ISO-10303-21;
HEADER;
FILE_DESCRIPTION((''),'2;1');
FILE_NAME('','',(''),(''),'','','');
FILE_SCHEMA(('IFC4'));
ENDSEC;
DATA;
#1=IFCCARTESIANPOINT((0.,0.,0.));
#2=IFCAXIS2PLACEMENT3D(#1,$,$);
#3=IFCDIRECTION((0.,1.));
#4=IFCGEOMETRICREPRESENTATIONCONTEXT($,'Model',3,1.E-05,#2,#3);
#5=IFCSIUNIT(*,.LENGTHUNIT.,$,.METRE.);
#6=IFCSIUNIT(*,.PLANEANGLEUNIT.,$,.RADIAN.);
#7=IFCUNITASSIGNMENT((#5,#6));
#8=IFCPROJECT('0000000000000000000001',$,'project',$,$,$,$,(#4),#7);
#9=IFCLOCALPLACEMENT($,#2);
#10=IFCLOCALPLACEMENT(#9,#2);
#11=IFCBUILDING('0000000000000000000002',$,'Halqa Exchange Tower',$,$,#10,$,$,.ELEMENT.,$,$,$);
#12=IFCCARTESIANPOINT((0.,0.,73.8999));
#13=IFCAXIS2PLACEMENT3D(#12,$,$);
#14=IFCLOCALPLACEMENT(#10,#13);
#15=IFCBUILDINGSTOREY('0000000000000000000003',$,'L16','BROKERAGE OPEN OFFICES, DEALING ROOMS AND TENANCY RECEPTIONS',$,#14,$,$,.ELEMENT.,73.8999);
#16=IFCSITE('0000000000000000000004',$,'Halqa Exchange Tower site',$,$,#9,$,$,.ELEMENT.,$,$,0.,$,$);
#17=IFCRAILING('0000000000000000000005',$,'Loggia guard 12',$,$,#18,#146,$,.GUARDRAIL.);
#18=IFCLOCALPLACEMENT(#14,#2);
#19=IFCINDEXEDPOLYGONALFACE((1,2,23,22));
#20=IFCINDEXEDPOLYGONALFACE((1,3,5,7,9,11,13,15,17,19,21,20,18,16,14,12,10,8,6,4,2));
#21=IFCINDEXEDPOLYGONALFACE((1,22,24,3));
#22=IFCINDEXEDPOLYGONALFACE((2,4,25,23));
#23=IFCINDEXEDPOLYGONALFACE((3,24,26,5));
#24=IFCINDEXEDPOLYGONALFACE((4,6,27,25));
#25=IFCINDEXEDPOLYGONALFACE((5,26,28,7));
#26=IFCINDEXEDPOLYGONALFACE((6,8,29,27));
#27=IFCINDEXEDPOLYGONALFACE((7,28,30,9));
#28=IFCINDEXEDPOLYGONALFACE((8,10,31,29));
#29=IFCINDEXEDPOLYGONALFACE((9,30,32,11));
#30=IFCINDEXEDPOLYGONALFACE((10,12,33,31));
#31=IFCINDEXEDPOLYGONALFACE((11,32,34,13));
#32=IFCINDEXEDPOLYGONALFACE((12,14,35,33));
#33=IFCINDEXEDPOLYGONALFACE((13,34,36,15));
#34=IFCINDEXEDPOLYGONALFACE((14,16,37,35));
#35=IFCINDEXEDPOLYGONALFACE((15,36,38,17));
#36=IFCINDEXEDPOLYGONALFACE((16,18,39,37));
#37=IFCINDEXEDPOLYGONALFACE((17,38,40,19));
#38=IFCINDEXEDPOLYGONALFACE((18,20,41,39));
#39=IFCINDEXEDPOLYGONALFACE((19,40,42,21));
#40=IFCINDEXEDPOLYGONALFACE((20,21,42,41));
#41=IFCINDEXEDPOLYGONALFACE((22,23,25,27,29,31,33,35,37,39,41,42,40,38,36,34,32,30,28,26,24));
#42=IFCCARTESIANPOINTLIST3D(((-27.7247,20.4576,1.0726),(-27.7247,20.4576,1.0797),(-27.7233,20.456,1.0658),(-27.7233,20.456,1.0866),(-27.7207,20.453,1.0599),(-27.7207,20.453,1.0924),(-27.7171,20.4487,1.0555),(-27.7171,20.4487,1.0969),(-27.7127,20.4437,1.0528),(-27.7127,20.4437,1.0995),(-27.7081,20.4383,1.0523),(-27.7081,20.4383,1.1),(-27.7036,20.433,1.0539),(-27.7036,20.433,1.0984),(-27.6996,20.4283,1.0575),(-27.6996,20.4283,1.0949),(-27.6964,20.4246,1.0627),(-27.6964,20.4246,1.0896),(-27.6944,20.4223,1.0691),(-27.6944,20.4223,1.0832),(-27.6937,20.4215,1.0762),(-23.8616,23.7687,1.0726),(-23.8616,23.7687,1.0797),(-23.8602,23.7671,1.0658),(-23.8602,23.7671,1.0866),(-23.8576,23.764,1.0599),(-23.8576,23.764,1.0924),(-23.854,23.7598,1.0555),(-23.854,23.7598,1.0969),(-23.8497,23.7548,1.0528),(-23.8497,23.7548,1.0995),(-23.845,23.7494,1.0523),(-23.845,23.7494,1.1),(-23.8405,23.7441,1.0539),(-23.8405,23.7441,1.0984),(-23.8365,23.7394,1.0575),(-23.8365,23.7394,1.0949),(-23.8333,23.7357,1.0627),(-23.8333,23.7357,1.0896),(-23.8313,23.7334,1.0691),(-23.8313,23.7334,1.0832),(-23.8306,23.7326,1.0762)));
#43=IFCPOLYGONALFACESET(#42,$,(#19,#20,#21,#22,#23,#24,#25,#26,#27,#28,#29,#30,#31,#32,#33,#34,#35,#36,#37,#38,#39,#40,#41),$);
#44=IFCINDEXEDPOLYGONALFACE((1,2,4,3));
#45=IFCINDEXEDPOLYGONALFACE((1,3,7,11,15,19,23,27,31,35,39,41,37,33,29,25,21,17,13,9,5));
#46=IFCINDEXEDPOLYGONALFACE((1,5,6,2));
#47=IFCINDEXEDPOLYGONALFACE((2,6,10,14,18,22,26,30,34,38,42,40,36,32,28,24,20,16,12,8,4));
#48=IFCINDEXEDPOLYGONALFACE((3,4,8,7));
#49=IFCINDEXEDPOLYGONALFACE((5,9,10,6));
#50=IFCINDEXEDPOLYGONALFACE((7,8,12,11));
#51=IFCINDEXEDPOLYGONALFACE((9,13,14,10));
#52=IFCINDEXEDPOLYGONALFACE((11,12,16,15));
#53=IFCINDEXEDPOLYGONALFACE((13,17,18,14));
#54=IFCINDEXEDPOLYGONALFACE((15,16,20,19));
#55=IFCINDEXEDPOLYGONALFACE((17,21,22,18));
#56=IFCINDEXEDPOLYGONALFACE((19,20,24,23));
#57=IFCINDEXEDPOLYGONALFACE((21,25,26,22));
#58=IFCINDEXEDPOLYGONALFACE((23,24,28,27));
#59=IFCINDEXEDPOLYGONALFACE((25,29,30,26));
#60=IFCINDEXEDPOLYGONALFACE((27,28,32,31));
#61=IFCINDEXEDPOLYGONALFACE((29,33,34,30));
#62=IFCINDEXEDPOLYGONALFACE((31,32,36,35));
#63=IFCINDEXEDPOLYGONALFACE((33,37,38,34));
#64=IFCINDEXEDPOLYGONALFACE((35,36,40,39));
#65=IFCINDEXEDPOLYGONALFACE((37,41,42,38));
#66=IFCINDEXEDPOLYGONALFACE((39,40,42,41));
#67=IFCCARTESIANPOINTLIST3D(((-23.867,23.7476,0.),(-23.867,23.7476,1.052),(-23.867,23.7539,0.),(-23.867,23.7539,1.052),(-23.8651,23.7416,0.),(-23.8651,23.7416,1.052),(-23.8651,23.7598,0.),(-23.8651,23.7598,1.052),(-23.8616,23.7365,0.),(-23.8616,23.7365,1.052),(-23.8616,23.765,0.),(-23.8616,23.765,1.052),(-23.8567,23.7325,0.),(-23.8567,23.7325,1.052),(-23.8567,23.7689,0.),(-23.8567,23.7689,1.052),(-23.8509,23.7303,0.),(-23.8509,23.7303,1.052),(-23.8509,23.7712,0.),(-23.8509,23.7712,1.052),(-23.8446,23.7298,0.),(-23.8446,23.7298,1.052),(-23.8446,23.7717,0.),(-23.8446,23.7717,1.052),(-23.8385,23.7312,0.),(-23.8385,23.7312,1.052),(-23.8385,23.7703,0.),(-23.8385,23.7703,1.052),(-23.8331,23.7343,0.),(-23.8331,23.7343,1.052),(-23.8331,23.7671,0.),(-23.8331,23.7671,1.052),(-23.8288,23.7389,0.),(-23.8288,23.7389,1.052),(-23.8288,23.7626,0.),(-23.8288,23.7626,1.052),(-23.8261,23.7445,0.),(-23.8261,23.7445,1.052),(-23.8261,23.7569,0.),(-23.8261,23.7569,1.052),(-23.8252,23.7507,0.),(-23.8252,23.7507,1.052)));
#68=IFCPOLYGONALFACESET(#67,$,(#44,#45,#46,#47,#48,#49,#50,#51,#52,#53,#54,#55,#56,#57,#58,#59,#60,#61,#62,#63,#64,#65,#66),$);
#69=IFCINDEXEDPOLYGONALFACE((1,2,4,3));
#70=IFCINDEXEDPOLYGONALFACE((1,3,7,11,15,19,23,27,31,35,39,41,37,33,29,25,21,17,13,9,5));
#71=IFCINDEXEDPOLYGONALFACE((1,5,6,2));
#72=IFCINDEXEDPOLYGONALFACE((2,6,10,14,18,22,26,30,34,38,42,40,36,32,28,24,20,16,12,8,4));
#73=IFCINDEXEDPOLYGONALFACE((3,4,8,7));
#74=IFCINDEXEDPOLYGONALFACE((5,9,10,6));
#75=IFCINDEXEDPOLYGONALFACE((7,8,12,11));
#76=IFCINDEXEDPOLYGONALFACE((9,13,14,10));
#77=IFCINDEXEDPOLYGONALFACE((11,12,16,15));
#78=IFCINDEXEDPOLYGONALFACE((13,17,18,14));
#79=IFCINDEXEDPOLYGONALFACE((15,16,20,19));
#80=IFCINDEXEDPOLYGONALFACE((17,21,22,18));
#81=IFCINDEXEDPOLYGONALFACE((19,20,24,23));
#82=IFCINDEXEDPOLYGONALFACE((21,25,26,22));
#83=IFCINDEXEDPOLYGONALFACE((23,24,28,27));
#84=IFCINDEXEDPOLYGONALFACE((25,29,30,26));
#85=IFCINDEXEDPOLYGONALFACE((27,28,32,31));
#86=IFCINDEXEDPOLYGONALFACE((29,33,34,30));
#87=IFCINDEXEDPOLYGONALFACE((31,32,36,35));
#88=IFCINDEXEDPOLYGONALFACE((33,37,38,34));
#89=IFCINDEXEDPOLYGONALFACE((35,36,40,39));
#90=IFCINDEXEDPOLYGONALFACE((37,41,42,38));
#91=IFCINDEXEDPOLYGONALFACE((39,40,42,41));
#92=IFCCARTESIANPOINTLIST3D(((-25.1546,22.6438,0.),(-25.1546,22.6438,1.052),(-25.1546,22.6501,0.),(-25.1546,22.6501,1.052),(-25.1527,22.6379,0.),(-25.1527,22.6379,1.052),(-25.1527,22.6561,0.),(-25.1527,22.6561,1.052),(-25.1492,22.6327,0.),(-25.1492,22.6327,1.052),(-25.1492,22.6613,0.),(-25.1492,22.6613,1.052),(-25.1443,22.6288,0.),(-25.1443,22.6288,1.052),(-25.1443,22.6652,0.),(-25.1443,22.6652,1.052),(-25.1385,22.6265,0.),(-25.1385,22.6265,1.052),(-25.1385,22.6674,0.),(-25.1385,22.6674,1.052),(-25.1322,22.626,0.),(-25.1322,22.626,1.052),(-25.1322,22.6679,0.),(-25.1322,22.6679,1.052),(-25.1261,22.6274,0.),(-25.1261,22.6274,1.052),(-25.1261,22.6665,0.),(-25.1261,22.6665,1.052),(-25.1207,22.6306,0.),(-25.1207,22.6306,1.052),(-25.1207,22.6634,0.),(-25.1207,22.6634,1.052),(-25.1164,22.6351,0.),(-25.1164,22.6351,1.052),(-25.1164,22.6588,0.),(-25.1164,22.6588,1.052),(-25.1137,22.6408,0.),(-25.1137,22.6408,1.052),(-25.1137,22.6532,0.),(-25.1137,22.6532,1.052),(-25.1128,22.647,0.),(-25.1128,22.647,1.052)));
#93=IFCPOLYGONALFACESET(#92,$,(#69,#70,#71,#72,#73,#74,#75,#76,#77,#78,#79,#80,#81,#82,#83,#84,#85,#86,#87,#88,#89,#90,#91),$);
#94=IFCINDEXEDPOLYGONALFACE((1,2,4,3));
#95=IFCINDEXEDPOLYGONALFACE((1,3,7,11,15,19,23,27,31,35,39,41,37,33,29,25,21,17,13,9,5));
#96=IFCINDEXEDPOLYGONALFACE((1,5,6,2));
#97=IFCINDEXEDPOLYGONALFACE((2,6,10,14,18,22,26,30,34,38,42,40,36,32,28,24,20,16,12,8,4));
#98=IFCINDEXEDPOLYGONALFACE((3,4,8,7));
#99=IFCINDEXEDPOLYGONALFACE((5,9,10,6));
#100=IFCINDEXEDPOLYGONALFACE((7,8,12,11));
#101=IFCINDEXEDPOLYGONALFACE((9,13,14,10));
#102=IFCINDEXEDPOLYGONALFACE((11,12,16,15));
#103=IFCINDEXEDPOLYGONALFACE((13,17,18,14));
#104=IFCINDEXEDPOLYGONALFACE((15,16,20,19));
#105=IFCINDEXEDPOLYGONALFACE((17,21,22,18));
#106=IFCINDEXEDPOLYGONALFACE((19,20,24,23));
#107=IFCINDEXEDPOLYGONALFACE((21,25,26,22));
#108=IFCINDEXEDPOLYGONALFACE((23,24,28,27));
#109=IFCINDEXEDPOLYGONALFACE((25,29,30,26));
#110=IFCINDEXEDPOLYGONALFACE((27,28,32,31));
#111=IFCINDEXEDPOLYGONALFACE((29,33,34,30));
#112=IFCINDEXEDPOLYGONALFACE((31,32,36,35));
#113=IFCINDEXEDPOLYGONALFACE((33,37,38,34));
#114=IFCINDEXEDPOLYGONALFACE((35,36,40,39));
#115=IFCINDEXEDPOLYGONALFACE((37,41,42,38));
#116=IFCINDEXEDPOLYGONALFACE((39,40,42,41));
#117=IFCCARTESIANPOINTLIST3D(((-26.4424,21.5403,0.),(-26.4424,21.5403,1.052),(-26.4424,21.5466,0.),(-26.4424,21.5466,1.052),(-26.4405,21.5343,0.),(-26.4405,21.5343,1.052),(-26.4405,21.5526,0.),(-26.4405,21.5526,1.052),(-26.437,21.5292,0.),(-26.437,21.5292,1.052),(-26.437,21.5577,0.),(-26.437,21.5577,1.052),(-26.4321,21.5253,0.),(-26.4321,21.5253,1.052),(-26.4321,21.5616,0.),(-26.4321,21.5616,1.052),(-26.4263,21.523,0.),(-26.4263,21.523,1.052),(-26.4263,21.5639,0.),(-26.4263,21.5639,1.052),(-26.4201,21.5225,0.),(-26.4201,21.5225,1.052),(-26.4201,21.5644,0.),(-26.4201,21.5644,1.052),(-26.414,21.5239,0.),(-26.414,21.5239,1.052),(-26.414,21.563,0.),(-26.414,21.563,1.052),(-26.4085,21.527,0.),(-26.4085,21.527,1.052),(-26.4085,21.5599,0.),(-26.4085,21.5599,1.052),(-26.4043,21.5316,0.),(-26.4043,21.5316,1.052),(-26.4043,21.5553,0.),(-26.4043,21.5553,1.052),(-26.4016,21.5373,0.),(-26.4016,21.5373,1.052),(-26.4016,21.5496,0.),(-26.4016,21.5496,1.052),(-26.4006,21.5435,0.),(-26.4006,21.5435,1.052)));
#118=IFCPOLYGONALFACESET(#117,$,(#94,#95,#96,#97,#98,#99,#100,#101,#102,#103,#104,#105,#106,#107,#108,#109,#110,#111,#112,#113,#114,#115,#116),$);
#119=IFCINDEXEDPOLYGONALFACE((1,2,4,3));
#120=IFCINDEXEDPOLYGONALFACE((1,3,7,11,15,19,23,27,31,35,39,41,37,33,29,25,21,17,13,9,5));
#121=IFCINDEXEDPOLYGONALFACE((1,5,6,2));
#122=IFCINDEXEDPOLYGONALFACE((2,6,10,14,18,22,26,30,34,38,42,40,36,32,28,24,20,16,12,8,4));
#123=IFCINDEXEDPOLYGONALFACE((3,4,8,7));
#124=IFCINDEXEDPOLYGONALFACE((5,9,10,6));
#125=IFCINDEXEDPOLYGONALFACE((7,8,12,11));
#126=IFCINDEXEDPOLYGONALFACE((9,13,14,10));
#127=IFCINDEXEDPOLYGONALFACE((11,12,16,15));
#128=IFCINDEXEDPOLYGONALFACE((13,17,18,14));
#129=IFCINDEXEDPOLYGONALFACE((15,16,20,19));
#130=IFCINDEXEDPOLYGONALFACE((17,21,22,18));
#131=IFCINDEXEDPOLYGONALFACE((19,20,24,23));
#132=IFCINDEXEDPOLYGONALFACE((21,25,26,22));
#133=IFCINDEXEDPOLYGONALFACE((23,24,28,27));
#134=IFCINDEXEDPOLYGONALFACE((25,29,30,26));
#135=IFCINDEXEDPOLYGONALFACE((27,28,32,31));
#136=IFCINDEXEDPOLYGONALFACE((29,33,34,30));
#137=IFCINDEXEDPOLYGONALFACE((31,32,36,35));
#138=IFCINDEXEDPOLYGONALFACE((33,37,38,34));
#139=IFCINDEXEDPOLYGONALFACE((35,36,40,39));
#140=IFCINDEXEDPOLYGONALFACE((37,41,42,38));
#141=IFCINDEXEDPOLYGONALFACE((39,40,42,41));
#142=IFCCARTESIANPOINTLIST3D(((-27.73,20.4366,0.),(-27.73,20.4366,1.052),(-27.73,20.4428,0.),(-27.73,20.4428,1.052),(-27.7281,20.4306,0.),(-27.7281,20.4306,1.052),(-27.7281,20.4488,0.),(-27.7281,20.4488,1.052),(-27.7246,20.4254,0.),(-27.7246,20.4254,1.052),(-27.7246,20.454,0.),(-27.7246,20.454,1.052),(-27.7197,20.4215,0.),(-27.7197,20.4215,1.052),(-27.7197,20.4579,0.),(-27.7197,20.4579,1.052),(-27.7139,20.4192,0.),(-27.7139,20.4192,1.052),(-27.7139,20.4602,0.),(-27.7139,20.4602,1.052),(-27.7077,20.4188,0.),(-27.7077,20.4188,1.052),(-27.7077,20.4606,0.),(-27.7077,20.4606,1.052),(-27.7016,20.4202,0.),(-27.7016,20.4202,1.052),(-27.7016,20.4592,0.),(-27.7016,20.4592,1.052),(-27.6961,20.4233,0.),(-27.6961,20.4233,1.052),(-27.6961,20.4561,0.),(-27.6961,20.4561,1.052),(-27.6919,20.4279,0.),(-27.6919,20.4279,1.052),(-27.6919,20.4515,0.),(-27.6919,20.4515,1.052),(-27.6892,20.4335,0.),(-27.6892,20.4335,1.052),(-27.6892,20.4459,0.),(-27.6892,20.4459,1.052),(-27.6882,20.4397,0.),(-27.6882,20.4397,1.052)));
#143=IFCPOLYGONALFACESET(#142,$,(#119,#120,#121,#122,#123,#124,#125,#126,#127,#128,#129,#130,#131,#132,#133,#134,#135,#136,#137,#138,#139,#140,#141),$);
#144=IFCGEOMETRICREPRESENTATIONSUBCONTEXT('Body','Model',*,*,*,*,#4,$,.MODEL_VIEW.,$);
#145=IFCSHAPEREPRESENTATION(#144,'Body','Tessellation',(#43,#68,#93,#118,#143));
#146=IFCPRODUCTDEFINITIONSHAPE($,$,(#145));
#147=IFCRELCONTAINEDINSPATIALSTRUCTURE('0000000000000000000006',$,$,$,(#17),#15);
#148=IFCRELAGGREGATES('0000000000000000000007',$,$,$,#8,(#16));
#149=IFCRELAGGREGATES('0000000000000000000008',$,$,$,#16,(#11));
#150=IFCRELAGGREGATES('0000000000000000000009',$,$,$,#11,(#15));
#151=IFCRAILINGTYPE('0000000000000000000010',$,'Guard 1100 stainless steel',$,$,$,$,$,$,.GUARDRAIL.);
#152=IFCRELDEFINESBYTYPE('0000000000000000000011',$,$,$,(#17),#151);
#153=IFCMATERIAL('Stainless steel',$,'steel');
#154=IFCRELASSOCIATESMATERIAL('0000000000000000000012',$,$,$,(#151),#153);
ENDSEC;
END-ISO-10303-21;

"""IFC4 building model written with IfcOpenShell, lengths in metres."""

from ifc_helpers import new_model, si_unit, direction, frame, origin, origin_2d, place, context, subcontext, project, spatial, circle, extrude, material, type_object, element, save


model = new_model("IFC4")

# Units and contexts
model_context = context("Model", 3, precision=1e-05, world=origin(), true_north=direction((0.0, 1.0)))
body_context = subcontext(model_context, "Body", "Model", "MODEL_VIEW")
ifc_project = project(units=[si_unit("LENGTHUNIT", "METRE"), si_unit("PLANEANGLEUNIT", "RADIAN")], contexts=[model_context])

# Site, building, storey
site_placement = place(None, origin())
site = spatial("IfcSite", under=ifc_project, at=site_placement, Name="Halqa Exchange Tower site", CompositionType="ELEMENT", RefElevation=0.0)
building_placement = place(site_placement, origin())
building = spatial("IfcBuilding", under=site, at=building_placement, Name="Halqa Exchange Tower", CompositionType="ELEMENT")
storey_placement = place(building_placement, frame((0.0, 0.0, 73.8999)))
storey = spatial("IfcBuildingStorey", under=building, at=storey_placement, Name="L16", Description="BROKERAGE OPEN OFFICES, DEALING ROOMS AND TENANCY RECEPTIONS", CompositionType="ELEMENT", Elevation=73.8999)

# Railing
ifc_material_1 = material(Name="Stainless steel", Category="steel")
railing_type = type_object("IfcRailingType", Name="Guard 1100 stainless steel", PredefinedType="GUARDRAIL", material=ifc_material_1)
railing_1_placement = place(storey_placement, frame((-23.8462, 23.7507, 0.0)))
element("IfcRailing", 1, at=railing_1_placement, inside=storey, type_object=railing_type, Name="Loggia guard 12", PredefinedType="GUARDRAIL", context=body_context, shape_type="SweptSolid", body=[
    extrude(circle(Radius=0.0239, at=origin_2d()), frame((0.0, 0.0, 1.0762), z_axis=(-0.75927, -0.650776, 0.0), x_axis=(0.650776, -0.75927, 0.0)), (0.0, 0.0, 1.0), 5.0879),
    extrude(circle(Radius=0.021, at=origin_2d()), origin(), (0.0, 0.0, 1.0), 1.052),
    extrude(circle(Radius=0.021, at=origin_2d()), frame((-1.2876, -1.1038, 0.0)), (0.0, 0.0, 1.0), 1.052),
    extrude(circle(Radius=0.021, at=origin_2d()), frame((-2.5754, -2.2073, 0.0)), (0.0, 0.0, 1.0), 1.052),
    extrude(circle(Radius=0.021, at=origin_2d()), frame((-3.863, -3.311, 0.0)), (0.0, 0.0, 1.0), 1.052),
])

save(model, "model.ifc")
